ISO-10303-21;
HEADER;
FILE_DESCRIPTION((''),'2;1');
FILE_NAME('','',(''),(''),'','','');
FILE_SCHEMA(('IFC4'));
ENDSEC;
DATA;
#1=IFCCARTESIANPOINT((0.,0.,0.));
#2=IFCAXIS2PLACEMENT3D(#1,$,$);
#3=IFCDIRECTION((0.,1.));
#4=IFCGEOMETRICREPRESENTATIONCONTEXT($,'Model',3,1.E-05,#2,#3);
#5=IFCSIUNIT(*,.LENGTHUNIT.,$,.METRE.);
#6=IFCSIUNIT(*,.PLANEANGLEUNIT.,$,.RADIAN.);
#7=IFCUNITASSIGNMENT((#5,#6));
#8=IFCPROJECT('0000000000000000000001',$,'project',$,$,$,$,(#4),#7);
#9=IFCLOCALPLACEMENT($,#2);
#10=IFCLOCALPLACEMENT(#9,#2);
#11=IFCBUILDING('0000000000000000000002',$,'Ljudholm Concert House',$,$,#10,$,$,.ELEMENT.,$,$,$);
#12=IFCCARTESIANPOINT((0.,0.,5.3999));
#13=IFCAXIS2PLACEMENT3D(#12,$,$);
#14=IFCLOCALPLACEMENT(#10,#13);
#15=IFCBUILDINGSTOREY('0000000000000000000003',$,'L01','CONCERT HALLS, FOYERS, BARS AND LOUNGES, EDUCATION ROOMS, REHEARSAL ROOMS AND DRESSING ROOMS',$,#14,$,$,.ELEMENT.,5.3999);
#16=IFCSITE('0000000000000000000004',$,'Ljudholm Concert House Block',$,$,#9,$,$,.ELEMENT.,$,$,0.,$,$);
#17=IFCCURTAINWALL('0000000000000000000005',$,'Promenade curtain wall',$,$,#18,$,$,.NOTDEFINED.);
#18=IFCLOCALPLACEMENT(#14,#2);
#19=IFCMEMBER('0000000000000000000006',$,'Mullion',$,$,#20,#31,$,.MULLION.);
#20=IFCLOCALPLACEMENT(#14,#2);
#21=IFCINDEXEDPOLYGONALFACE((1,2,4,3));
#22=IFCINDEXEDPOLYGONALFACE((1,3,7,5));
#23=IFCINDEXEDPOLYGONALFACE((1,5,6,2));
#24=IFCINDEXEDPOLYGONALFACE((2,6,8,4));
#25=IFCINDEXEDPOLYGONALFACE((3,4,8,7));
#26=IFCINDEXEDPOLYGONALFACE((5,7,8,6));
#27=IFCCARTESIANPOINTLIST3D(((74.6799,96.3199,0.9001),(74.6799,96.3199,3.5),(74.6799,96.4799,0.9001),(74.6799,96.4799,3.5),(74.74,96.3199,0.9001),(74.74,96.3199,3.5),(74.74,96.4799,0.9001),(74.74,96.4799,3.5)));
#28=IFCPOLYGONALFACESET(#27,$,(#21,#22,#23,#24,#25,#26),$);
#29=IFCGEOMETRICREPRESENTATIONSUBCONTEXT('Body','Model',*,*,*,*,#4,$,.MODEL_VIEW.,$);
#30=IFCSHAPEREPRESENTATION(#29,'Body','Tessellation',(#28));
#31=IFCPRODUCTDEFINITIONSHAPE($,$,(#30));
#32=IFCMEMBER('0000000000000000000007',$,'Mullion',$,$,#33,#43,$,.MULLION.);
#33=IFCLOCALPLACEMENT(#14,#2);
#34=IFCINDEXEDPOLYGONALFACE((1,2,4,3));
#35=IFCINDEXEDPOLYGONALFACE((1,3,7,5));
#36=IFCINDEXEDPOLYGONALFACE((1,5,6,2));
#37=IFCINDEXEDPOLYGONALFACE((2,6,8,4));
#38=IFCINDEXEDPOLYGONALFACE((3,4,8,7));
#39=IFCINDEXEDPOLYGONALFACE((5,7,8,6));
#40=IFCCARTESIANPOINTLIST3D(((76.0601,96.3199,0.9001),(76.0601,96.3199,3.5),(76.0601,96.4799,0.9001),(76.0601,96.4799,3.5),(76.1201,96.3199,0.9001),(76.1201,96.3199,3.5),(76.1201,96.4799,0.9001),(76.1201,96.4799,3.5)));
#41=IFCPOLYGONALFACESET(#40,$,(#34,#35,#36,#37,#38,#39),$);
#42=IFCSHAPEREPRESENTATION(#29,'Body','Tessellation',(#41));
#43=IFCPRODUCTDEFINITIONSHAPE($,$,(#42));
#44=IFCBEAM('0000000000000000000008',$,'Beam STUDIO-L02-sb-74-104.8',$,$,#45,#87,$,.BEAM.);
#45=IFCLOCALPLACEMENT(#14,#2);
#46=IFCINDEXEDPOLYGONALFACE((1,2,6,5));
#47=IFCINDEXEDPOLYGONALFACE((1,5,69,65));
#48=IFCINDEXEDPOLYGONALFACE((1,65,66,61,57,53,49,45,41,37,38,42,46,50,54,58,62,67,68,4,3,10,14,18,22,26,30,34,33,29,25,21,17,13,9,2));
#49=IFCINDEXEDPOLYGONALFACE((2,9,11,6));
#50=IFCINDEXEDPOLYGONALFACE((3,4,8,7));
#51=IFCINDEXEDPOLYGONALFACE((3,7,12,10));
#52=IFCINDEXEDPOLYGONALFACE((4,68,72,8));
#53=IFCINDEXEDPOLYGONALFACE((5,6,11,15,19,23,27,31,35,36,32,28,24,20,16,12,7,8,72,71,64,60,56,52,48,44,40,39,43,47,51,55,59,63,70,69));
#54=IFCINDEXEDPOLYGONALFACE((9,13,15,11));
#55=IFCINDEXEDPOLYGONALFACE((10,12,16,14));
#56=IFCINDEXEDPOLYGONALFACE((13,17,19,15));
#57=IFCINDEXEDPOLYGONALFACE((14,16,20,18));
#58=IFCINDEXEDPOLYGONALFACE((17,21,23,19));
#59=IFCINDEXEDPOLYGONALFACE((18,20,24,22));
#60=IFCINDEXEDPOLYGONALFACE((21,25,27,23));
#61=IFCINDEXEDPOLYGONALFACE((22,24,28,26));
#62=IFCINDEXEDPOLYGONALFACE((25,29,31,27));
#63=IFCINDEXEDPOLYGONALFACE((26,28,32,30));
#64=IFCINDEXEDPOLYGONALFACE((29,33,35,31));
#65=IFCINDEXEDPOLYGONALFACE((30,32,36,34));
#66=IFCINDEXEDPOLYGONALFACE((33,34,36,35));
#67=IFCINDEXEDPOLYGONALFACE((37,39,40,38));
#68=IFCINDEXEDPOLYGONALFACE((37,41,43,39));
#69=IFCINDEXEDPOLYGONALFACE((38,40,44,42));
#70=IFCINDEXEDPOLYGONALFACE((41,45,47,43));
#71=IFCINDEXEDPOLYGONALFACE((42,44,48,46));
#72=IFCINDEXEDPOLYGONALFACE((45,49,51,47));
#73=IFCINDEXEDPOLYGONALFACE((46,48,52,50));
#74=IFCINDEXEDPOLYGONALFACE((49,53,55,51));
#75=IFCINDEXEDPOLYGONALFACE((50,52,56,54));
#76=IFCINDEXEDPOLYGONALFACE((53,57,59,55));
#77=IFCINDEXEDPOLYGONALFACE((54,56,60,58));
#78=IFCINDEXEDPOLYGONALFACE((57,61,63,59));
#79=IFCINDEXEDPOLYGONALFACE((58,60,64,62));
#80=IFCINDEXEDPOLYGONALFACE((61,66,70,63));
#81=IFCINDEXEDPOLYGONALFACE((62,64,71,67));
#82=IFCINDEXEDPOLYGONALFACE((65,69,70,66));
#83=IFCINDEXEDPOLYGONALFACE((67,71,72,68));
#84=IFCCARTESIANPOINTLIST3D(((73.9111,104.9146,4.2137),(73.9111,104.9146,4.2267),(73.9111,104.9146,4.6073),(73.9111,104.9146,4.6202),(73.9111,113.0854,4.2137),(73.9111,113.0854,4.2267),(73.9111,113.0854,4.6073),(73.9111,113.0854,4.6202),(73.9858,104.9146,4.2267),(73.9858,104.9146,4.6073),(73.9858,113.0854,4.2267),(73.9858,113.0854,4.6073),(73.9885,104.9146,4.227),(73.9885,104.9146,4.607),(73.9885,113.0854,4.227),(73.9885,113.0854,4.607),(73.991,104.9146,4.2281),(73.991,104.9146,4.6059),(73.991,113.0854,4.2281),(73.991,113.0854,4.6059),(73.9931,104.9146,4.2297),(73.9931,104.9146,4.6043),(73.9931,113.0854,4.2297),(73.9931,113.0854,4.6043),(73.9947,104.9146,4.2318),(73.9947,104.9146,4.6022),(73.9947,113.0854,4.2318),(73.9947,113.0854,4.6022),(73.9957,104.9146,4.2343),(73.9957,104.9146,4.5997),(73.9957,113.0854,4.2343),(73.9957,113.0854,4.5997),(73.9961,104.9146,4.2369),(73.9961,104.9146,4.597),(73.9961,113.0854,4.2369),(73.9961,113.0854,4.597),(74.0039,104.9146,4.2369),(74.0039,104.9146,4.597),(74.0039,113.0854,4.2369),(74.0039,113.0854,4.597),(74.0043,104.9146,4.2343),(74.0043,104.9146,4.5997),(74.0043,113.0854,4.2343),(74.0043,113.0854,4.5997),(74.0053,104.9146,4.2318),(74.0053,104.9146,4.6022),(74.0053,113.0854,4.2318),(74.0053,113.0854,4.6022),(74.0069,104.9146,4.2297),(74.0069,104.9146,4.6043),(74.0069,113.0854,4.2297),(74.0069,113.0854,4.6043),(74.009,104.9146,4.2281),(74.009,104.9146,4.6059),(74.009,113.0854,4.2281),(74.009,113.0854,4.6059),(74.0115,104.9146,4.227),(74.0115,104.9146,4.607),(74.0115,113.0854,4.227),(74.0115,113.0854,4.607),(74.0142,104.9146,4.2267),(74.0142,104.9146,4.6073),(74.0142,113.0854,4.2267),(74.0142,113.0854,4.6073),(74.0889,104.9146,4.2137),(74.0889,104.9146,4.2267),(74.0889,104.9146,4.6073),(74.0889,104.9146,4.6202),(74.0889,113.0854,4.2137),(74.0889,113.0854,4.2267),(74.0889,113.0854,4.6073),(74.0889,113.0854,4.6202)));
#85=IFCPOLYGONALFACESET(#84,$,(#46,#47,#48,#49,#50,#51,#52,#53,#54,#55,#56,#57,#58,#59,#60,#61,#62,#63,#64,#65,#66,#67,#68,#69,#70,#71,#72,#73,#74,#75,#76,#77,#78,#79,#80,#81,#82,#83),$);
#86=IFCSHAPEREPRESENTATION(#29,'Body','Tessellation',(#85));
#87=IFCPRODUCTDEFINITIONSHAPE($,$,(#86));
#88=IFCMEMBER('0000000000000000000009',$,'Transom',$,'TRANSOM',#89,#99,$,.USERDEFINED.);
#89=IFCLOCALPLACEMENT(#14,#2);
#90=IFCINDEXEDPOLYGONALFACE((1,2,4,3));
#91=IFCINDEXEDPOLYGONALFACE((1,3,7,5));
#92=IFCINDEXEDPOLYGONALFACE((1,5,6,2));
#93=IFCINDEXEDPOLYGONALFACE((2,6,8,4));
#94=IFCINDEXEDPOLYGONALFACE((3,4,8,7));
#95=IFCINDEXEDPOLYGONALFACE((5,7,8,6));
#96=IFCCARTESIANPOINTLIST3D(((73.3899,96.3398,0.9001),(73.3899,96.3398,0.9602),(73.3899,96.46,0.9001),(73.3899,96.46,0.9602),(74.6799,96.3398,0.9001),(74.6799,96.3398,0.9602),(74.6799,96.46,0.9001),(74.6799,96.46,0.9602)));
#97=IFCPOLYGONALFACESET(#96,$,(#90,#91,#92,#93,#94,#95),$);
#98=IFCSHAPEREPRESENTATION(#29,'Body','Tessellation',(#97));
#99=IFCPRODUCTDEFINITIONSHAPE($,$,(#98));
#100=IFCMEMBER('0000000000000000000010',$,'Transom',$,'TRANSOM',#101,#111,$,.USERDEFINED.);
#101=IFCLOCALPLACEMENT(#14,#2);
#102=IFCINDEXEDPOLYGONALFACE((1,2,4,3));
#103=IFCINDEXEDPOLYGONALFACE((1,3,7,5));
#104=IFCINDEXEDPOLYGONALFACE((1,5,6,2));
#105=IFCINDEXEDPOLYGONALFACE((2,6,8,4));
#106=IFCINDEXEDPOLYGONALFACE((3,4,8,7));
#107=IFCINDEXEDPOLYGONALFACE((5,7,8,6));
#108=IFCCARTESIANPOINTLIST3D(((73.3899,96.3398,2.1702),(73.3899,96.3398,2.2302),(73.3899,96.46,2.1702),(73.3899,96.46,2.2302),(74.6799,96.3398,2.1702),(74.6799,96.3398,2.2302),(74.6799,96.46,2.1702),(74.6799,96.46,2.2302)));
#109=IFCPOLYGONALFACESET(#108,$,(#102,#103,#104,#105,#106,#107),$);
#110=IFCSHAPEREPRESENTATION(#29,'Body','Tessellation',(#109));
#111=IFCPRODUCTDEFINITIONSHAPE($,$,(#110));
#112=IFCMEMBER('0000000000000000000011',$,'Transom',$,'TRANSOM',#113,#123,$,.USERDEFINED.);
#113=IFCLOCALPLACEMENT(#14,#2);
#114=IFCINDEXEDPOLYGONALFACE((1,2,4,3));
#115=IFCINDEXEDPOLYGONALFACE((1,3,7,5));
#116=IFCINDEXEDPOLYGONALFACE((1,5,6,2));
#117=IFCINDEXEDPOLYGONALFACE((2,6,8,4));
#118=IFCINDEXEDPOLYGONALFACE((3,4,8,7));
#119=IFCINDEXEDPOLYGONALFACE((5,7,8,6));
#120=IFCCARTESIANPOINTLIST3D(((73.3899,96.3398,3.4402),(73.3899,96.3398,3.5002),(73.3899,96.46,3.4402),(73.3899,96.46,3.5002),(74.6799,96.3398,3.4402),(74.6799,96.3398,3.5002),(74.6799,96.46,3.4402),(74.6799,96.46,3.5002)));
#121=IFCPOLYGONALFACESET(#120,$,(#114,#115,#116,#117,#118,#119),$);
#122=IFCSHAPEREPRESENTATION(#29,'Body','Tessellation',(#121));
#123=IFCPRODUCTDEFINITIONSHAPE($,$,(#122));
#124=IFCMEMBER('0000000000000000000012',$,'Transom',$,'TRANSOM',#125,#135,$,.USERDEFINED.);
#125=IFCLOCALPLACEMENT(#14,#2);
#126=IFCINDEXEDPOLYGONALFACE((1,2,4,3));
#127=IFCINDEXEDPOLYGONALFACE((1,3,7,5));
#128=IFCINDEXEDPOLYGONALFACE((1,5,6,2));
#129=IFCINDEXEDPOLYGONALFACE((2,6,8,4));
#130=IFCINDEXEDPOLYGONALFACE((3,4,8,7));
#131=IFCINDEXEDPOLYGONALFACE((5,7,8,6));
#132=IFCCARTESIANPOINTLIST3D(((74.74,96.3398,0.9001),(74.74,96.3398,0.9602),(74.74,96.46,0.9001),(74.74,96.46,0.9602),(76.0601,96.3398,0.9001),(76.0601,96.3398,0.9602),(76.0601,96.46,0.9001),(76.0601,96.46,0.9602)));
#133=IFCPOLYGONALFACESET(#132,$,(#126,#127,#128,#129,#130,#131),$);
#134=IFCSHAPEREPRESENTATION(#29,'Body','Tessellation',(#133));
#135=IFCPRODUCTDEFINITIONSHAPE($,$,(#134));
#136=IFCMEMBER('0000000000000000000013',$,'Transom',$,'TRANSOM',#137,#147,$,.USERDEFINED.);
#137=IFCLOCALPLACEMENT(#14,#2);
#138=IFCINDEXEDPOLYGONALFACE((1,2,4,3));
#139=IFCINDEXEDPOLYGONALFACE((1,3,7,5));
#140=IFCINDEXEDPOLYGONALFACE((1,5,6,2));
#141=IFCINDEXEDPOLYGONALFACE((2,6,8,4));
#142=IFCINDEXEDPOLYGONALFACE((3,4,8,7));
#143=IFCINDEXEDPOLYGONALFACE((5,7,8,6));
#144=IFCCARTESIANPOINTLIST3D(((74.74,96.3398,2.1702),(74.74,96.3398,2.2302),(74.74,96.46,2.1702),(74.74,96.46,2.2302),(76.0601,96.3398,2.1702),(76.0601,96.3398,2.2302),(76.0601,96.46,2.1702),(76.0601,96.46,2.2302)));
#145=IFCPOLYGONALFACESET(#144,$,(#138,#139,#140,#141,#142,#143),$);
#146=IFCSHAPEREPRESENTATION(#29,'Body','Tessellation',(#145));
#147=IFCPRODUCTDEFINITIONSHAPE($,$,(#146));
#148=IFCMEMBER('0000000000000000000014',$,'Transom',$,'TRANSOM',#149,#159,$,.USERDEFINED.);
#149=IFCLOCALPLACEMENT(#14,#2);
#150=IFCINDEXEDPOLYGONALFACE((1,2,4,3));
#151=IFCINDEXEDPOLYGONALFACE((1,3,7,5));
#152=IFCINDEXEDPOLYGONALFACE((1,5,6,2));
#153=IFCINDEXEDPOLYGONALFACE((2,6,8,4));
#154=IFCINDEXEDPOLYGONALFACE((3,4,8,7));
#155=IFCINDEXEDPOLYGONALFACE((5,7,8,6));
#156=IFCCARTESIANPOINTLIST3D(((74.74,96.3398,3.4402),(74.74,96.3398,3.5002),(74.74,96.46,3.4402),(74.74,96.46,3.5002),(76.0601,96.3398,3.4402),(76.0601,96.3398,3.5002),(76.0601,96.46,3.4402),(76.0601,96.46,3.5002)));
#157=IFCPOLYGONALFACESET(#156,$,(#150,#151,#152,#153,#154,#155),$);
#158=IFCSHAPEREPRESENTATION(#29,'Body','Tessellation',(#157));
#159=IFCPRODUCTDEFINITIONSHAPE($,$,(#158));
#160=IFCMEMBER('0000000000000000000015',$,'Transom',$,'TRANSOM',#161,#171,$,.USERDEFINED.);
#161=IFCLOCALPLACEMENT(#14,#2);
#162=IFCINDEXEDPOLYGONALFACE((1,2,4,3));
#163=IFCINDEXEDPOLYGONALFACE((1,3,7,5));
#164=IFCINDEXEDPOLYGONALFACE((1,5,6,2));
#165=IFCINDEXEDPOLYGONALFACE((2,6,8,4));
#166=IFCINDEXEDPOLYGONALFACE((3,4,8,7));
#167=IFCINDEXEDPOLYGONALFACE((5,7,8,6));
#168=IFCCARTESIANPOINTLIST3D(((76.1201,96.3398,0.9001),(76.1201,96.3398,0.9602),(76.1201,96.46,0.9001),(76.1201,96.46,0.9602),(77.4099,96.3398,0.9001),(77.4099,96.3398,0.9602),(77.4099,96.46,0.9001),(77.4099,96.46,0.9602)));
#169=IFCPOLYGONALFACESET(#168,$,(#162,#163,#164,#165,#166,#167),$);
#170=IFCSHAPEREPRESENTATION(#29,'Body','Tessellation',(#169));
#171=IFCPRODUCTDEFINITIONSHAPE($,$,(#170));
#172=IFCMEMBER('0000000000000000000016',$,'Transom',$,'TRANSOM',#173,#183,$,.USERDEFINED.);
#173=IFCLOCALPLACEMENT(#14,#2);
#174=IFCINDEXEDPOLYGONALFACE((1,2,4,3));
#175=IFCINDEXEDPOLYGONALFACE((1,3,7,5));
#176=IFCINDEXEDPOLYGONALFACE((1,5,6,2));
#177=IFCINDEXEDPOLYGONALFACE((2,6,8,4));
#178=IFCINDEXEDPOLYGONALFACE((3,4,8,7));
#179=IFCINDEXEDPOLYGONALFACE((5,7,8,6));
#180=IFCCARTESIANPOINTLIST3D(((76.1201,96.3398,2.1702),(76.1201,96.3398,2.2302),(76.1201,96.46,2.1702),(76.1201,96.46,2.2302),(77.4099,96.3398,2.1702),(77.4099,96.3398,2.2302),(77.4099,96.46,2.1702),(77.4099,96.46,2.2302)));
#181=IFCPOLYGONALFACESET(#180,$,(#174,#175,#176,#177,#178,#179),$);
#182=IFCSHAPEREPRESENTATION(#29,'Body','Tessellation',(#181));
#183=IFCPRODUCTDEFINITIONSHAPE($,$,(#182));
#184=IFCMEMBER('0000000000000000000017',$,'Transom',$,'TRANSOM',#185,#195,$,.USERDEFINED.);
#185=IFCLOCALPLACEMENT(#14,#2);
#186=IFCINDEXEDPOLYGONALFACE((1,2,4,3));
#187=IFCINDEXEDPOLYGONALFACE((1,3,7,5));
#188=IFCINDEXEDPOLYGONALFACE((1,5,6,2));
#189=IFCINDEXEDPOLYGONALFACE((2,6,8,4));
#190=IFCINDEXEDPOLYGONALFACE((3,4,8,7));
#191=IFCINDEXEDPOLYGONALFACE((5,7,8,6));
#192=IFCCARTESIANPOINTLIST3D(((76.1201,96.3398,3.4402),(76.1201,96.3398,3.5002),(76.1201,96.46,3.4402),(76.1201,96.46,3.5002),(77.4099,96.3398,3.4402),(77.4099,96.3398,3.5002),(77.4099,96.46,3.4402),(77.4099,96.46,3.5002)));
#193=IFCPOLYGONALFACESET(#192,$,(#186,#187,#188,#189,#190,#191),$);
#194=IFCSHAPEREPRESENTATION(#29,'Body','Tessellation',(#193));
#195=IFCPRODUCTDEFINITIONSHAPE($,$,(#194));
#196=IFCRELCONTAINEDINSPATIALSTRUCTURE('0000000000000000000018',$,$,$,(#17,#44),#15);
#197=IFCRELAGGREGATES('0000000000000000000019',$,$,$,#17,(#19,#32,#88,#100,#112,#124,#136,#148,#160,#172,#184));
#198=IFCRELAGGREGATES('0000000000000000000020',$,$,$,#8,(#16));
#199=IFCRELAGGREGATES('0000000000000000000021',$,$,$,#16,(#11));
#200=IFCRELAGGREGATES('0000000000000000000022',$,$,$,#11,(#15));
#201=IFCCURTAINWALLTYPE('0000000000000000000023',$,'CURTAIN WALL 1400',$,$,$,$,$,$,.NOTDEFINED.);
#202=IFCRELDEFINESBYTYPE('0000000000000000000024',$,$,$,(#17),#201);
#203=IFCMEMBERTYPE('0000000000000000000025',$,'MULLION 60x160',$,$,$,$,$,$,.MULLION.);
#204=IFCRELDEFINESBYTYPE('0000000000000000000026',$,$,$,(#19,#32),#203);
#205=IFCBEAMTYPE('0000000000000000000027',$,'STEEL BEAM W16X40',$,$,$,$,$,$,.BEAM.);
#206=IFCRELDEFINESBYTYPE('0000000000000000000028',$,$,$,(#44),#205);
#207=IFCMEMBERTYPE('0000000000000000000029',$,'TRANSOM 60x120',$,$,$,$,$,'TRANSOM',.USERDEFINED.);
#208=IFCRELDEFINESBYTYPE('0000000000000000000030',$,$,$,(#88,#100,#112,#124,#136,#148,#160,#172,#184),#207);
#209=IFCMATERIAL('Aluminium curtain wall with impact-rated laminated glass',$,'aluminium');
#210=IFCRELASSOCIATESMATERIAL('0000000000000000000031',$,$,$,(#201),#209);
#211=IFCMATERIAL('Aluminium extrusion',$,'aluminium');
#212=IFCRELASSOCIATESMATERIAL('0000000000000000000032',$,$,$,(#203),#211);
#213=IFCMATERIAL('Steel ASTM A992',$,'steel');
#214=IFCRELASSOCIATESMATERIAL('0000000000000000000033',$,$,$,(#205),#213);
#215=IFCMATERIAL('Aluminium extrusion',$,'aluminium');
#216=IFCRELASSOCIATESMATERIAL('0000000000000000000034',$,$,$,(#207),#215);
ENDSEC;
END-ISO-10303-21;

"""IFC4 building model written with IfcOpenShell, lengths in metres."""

from ifc_helpers import new_model, si_unit, direction, frame, origin, origin_2d, place, context, subcontext, project, spatial, rectangle, i_section, extrude, material, material_profile, profile_set, type_object, element, aggregate, save


model = new_model("IFC4")

# Units and contexts
model_context = context("Model", 3, precision=1e-05, world=origin(), true_north=direction((0.0, 1.0)))
body_context = subcontext(model_context, "Body", "Model", "MODEL_VIEW")
ifc_project = project(units=[si_unit("LENGTHUNIT", "METRE"), si_unit("PLANEANGLEUNIT", "RADIAN")], contexts=[model_context])

# Site, building, storey
site_placement = place(None, origin())
site = spatial("IfcSite", under=ifc_project, at=site_placement, Name="Ljudholm Concert House Block", CompositionType="ELEMENT", RefElevation=0.0)
building_placement = place(site_placement, origin())
building = spatial("IfcBuilding", under=site, at=building_placement, Name="Ljudholm Concert House", CompositionType="ELEMENT")
storey_placement = place(building_placement, frame((0.0, 0.0, 5.3999)))
storey = spatial("IfcBuildingStorey", under=building, at=storey_placement, Name="L01", Description="CONCERT HALLS, FOYERS, BARS AND LOUNGES, EDUCATION ROOMS, REHEARSAL ROOMS AND DRESSING ROOMS", CompositionType="ELEMENT", Elevation=5.3999)

# Curtain wall, members
ifc_material_1 = material(Name="Aluminium curtain wall with impact-rated laminated glass", Category="aluminium")
curtain_wall_type = type_object("IfcCurtainWallType", Name="CURTAIN WALL 1400", PredefinedType="NOTDEFINED", material=ifc_material_1)
curtain_wall_placement = place(storey_placement, origin())
curtain_wall = element("IfcCurtainWall", 1, at=curtain_wall_placement, inside=storey, type_object=curtain_wall_type, Name="Promenade curtain wall", PredefinedType="NOTDEFINED")
ifc_material_2 = material(Name="Aluminium extrusion", Category="aluminium")
ifc_material_profile_1 = material_profile(ifc_material_2, rectangle(XDim=0.1599, YDim=0.0601, at=origin_2d()), Name="MULLION 60x160")
ifc_profile_set_1 = profile_set([ifc_material_profile_1], Name="Aluminium extrusion")
member_type_1 = type_object("IfcMemberType", Name="MULLION 60x160", PredefinedType="MULLION", material=ifc_profile_set_1)
member_1_placement = place(storey_placement, frame((74.71, 96.3999, 0.9001), z_axis=(0.0, 0.0, 1.0), x_axis=(0.0, 1.0, 0.0)))
member_1 = element("IfcMember", 2, at=member_1_placement, type_object=member_type_1, Name="Mullion", PredefinedType="MULLION", context=body_context, shape_type="SweptSolid", body=[
    extrude(rectangle(XDim=0.1599, YDim=0.0601, at=origin_2d()), origin(), (0.0, 0.0, 1.0), 2.5999),
])
member_2_placement = place(storey_placement, frame((76.0901, 96.3999, 0.9001), z_axis=(0.0, 0.0, 1.0), x_axis=(0.0, 1.0, 0.0)))
member_2 = element("IfcMember", 3, at=member_2_placement, type_object=member_type_1, Name="Mullion", PredefinedType="MULLION", context=body_context, shape_type="SweptSolid", body=[
    extrude(rectangle(XDim=0.1599, YDim=0.0601, at=origin_2d()), origin(), (0.0, 0.0, 1.0), 2.5999),
])

# Beam
ifc_material_3 = material(Name="Steel ASTM A992", Category="steel")
ifc_material_profile_2 = material_profile(ifc_material_3, i_section(OverallWidth=0.1777, OverallDepth=0.4065, WebThickness=0.0078, FlangeThickness=0.0129, FilletRadius=0.0103, at=origin_2d()), Name="W16X40")
ifc_profile_set_2 = profile_set([ifc_material_profile_2], Name="Steel ASTM A992")
beam_type = type_object("IfcBeamType", Name="STEEL BEAM W16X40", PredefinedType="BEAM", material=ifc_profile_set_2)
beam_placement = place(storey_placement, frame((74.0, 104.9146, 4.417), z_axis=(0.0, 1.0, 0.0), x_axis=(-1.0, 0.0, 0.0)))
element("IfcBeam", 4, at=beam_placement, inside=storey, type_object=beam_type, Name="Beam STUDIO-L02-sb-74-104.8", PredefinedType="BEAM", context=body_context, shape_type="SweptSolid", body=[
    extrude(i_section(OverallWidth=0.1777, OverallDepth=0.4065, WebThickness=0.0078, FlangeThickness=0.0129, FilletRadius=0.0103, at=origin_2d()), origin(), (0.0, 0.0, 1.0), 8.1709),
])

# Members
ifc_material_4 = material(Name="Aluminium extrusion", Category="aluminium")
ifc_material_profile_3 = material_profile(ifc_material_4, rectangle(XDim=0.1201, YDim=0.0601, at=origin_2d()), Name="TRANSOM 60x120")
ifc_profile_set_3 = profile_set([ifc_material_profile_3], Name="Aluminium extrusion")
member_type_2 = type_object("IfcMemberType", Name="TRANSOM 60x120", ElementType="TRANSOM", PredefinedType="USERDEFINED", material=ifc_profile_set_3)
member_3_placement = place(storey_placement, frame((73.3899, 96.3999, 0.9302), z_axis=(1.0, 0.0, 0.0), x_axis=(0.0, 1.0, 0.0)))
member_3 = element("IfcMember", 5, at=member_3_placement, type_object=member_type_2, Name="Transom", ObjectType="TRANSOM", PredefinedType="USERDEFINED", context=body_context, shape_type="SweptSolid", body=[
    extrude(rectangle(XDim=0.1201, YDim=0.0601, at=origin_2d()), origin(), (0.0, 0.0, 1.0), 1.29),
])
member_4_placement = place(storey_placement, frame((73.3899, 96.3999, 2.2002), z_axis=(1.0, 0.0, 0.0), x_axis=(0.0, 1.0, 0.0)))
member_4 = element("IfcMember", 6, at=member_4_placement, type_object=member_type_2, Name="Transom", ObjectType="TRANSOM", PredefinedType="USERDEFINED", context=body_context, shape_type="SweptSolid", body=[
    extrude(rectangle(XDim=0.1201, YDim=0.0601, at=origin_2d()), origin(), (0.0, 0.0, 1.0), 1.29),
])
member_5_placement = place(storey_placement, frame((73.3899, 96.3999, 3.4702), z_axis=(1.0, 0.0, 0.0), x_axis=(0.0, 1.0, 0.0)))
member_5 = element("IfcMember", 7, at=member_5_placement, type_object=member_type_2, Name="Transom", ObjectType="TRANSOM", PredefinedType="USERDEFINED", context=body_context, shape_type="SweptSolid", body=[
    extrude(rectangle(XDim=0.1201, YDim=0.0601, at=origin_2d()), origin(), (0.0, 0.0, 1.0), 1.29),
])
member_6_placement = place(storey_placement, frame((74.74, 96.3999, 0.9302), z_axis=(1.0, 0.0, 0.0), x_axis=(0.0, 1.0, 0.0)))
member_6 = element("IfcMember", 8, at=member_6_placement, type_object=member_type_2, Name="Transom", ObjectType="TRANSOM", PredefinedType="USERDEFINED", context=body_context, shape_type="SweptSolid", body=[
    extrude(rectangle(XDim=0.1201, YDim=0.0601, at=origin_2d()), origin(), (0.0, 0.0, 1.0), 1.3201),
])
member_7_placement = place(storey_placement, frame((74.74, 96.3999, 2.2002), z_axis=(1.0, 0.0, 0.0), x_axis=(0.0, 1.0, 0.0)))
member_7 = element("IfcMember", 9, at=member_7_placement, type_object=member_type_2, Name="Transom", ObjectType="TRANSOM", PredefinedType="USERDEFINED", context=body_context, shape_type="SweptSolid", body=[
    extrude(rectangle(XDim=0.1201, YDim=0.0601, at=origin_2d()), origin(), (0.0, 0.0, 1.0), 1.3201),
])
member_8_placement = place(storey_placement, frame((74.74, 96.3999, 3.4702), z_axis=(1.0, 0.0, 0.0), x_axis=(0.0, 1.0, 0.0)))
member_8 = element("IfcMember", 10, at=member_8_placement, type_object=member_type_2, Name="Transom", ObjectType="TRANSOM", PredefinedType="USERDEFINED", context=body_context, shape_type="SweptSolid", body=[
    extrude(rectangle(XDim=0.1201, YDim=0.0601, at=origin_2d()), origin(), (0.0, 0.0, 1.0), 1.3201),
])
member_9_placement = place(storey_placement, frame((76.1201, 96.3999, 0.9302), z_axis=(1.0, 0.0, 0.0), x_axis=(0.0, 1.0, 0.0)))
member_9 = element("IfcMember", 11, at=member_9_placement, type_object=member_type_2, Name="Transom", ObjectType="TRANSOM", PredefinedType="USERDEFINED", context=body_context, shape_type="SweptSolid", body=[
    extrude(rectangle(XDim=0.1201, YDim=0.0601, at=origin_2d()), origin(), (0.0, 0.0, 1.0), 1.2898),
])
member_10_placement = place(storey_placement, frame((76.1201, 96.3999, 2.2002), z_axis=(1.0, 0.0, 0.0), x_axis=(0.0, 1.0, 0.0)))
member_10 = element("IfcMember", 12, at=member_10_placement, type_object=member_type_2, Name="Transom", ObjectType="TRANSOM", PredefinedType="USERDEFINED", context=body_context, shape_type="SweptSolid", body=[
    extrude(rectangle(XDim=0.1201, YDim=0.0601, at=origin_2d()), origin(), (0.0, 0.0, 1.0), 1.2898),
])
member_11_placement = place(storey_placement, frame((76.1201, 96.3999, 3.4702), z_axis=(1.0, 0.0, 0.0), x_axis=(0.0, 1.0, 0.0)))
member_11 = element("IfcMember", 13, at=member_11_placement, type_object=member_type_2, Name="Transom", ObjectType="TRANSOM", PredefinedType="USERDEFINED", context=body_context, shape_type="SweptSolid", body=[
    extrude(rectangle(XDim=0.1201, YDim=0.0601, at=origin_2d()), origin(), (0.0, 0.0, 1.0), 1.2898),
])

aggregate(curtain_wall, [member_1, member_2, member_3, member_4, member_5, member_6, member_7, member_8, member_9, member_10, member_11])

save(model, "model.ifc")
